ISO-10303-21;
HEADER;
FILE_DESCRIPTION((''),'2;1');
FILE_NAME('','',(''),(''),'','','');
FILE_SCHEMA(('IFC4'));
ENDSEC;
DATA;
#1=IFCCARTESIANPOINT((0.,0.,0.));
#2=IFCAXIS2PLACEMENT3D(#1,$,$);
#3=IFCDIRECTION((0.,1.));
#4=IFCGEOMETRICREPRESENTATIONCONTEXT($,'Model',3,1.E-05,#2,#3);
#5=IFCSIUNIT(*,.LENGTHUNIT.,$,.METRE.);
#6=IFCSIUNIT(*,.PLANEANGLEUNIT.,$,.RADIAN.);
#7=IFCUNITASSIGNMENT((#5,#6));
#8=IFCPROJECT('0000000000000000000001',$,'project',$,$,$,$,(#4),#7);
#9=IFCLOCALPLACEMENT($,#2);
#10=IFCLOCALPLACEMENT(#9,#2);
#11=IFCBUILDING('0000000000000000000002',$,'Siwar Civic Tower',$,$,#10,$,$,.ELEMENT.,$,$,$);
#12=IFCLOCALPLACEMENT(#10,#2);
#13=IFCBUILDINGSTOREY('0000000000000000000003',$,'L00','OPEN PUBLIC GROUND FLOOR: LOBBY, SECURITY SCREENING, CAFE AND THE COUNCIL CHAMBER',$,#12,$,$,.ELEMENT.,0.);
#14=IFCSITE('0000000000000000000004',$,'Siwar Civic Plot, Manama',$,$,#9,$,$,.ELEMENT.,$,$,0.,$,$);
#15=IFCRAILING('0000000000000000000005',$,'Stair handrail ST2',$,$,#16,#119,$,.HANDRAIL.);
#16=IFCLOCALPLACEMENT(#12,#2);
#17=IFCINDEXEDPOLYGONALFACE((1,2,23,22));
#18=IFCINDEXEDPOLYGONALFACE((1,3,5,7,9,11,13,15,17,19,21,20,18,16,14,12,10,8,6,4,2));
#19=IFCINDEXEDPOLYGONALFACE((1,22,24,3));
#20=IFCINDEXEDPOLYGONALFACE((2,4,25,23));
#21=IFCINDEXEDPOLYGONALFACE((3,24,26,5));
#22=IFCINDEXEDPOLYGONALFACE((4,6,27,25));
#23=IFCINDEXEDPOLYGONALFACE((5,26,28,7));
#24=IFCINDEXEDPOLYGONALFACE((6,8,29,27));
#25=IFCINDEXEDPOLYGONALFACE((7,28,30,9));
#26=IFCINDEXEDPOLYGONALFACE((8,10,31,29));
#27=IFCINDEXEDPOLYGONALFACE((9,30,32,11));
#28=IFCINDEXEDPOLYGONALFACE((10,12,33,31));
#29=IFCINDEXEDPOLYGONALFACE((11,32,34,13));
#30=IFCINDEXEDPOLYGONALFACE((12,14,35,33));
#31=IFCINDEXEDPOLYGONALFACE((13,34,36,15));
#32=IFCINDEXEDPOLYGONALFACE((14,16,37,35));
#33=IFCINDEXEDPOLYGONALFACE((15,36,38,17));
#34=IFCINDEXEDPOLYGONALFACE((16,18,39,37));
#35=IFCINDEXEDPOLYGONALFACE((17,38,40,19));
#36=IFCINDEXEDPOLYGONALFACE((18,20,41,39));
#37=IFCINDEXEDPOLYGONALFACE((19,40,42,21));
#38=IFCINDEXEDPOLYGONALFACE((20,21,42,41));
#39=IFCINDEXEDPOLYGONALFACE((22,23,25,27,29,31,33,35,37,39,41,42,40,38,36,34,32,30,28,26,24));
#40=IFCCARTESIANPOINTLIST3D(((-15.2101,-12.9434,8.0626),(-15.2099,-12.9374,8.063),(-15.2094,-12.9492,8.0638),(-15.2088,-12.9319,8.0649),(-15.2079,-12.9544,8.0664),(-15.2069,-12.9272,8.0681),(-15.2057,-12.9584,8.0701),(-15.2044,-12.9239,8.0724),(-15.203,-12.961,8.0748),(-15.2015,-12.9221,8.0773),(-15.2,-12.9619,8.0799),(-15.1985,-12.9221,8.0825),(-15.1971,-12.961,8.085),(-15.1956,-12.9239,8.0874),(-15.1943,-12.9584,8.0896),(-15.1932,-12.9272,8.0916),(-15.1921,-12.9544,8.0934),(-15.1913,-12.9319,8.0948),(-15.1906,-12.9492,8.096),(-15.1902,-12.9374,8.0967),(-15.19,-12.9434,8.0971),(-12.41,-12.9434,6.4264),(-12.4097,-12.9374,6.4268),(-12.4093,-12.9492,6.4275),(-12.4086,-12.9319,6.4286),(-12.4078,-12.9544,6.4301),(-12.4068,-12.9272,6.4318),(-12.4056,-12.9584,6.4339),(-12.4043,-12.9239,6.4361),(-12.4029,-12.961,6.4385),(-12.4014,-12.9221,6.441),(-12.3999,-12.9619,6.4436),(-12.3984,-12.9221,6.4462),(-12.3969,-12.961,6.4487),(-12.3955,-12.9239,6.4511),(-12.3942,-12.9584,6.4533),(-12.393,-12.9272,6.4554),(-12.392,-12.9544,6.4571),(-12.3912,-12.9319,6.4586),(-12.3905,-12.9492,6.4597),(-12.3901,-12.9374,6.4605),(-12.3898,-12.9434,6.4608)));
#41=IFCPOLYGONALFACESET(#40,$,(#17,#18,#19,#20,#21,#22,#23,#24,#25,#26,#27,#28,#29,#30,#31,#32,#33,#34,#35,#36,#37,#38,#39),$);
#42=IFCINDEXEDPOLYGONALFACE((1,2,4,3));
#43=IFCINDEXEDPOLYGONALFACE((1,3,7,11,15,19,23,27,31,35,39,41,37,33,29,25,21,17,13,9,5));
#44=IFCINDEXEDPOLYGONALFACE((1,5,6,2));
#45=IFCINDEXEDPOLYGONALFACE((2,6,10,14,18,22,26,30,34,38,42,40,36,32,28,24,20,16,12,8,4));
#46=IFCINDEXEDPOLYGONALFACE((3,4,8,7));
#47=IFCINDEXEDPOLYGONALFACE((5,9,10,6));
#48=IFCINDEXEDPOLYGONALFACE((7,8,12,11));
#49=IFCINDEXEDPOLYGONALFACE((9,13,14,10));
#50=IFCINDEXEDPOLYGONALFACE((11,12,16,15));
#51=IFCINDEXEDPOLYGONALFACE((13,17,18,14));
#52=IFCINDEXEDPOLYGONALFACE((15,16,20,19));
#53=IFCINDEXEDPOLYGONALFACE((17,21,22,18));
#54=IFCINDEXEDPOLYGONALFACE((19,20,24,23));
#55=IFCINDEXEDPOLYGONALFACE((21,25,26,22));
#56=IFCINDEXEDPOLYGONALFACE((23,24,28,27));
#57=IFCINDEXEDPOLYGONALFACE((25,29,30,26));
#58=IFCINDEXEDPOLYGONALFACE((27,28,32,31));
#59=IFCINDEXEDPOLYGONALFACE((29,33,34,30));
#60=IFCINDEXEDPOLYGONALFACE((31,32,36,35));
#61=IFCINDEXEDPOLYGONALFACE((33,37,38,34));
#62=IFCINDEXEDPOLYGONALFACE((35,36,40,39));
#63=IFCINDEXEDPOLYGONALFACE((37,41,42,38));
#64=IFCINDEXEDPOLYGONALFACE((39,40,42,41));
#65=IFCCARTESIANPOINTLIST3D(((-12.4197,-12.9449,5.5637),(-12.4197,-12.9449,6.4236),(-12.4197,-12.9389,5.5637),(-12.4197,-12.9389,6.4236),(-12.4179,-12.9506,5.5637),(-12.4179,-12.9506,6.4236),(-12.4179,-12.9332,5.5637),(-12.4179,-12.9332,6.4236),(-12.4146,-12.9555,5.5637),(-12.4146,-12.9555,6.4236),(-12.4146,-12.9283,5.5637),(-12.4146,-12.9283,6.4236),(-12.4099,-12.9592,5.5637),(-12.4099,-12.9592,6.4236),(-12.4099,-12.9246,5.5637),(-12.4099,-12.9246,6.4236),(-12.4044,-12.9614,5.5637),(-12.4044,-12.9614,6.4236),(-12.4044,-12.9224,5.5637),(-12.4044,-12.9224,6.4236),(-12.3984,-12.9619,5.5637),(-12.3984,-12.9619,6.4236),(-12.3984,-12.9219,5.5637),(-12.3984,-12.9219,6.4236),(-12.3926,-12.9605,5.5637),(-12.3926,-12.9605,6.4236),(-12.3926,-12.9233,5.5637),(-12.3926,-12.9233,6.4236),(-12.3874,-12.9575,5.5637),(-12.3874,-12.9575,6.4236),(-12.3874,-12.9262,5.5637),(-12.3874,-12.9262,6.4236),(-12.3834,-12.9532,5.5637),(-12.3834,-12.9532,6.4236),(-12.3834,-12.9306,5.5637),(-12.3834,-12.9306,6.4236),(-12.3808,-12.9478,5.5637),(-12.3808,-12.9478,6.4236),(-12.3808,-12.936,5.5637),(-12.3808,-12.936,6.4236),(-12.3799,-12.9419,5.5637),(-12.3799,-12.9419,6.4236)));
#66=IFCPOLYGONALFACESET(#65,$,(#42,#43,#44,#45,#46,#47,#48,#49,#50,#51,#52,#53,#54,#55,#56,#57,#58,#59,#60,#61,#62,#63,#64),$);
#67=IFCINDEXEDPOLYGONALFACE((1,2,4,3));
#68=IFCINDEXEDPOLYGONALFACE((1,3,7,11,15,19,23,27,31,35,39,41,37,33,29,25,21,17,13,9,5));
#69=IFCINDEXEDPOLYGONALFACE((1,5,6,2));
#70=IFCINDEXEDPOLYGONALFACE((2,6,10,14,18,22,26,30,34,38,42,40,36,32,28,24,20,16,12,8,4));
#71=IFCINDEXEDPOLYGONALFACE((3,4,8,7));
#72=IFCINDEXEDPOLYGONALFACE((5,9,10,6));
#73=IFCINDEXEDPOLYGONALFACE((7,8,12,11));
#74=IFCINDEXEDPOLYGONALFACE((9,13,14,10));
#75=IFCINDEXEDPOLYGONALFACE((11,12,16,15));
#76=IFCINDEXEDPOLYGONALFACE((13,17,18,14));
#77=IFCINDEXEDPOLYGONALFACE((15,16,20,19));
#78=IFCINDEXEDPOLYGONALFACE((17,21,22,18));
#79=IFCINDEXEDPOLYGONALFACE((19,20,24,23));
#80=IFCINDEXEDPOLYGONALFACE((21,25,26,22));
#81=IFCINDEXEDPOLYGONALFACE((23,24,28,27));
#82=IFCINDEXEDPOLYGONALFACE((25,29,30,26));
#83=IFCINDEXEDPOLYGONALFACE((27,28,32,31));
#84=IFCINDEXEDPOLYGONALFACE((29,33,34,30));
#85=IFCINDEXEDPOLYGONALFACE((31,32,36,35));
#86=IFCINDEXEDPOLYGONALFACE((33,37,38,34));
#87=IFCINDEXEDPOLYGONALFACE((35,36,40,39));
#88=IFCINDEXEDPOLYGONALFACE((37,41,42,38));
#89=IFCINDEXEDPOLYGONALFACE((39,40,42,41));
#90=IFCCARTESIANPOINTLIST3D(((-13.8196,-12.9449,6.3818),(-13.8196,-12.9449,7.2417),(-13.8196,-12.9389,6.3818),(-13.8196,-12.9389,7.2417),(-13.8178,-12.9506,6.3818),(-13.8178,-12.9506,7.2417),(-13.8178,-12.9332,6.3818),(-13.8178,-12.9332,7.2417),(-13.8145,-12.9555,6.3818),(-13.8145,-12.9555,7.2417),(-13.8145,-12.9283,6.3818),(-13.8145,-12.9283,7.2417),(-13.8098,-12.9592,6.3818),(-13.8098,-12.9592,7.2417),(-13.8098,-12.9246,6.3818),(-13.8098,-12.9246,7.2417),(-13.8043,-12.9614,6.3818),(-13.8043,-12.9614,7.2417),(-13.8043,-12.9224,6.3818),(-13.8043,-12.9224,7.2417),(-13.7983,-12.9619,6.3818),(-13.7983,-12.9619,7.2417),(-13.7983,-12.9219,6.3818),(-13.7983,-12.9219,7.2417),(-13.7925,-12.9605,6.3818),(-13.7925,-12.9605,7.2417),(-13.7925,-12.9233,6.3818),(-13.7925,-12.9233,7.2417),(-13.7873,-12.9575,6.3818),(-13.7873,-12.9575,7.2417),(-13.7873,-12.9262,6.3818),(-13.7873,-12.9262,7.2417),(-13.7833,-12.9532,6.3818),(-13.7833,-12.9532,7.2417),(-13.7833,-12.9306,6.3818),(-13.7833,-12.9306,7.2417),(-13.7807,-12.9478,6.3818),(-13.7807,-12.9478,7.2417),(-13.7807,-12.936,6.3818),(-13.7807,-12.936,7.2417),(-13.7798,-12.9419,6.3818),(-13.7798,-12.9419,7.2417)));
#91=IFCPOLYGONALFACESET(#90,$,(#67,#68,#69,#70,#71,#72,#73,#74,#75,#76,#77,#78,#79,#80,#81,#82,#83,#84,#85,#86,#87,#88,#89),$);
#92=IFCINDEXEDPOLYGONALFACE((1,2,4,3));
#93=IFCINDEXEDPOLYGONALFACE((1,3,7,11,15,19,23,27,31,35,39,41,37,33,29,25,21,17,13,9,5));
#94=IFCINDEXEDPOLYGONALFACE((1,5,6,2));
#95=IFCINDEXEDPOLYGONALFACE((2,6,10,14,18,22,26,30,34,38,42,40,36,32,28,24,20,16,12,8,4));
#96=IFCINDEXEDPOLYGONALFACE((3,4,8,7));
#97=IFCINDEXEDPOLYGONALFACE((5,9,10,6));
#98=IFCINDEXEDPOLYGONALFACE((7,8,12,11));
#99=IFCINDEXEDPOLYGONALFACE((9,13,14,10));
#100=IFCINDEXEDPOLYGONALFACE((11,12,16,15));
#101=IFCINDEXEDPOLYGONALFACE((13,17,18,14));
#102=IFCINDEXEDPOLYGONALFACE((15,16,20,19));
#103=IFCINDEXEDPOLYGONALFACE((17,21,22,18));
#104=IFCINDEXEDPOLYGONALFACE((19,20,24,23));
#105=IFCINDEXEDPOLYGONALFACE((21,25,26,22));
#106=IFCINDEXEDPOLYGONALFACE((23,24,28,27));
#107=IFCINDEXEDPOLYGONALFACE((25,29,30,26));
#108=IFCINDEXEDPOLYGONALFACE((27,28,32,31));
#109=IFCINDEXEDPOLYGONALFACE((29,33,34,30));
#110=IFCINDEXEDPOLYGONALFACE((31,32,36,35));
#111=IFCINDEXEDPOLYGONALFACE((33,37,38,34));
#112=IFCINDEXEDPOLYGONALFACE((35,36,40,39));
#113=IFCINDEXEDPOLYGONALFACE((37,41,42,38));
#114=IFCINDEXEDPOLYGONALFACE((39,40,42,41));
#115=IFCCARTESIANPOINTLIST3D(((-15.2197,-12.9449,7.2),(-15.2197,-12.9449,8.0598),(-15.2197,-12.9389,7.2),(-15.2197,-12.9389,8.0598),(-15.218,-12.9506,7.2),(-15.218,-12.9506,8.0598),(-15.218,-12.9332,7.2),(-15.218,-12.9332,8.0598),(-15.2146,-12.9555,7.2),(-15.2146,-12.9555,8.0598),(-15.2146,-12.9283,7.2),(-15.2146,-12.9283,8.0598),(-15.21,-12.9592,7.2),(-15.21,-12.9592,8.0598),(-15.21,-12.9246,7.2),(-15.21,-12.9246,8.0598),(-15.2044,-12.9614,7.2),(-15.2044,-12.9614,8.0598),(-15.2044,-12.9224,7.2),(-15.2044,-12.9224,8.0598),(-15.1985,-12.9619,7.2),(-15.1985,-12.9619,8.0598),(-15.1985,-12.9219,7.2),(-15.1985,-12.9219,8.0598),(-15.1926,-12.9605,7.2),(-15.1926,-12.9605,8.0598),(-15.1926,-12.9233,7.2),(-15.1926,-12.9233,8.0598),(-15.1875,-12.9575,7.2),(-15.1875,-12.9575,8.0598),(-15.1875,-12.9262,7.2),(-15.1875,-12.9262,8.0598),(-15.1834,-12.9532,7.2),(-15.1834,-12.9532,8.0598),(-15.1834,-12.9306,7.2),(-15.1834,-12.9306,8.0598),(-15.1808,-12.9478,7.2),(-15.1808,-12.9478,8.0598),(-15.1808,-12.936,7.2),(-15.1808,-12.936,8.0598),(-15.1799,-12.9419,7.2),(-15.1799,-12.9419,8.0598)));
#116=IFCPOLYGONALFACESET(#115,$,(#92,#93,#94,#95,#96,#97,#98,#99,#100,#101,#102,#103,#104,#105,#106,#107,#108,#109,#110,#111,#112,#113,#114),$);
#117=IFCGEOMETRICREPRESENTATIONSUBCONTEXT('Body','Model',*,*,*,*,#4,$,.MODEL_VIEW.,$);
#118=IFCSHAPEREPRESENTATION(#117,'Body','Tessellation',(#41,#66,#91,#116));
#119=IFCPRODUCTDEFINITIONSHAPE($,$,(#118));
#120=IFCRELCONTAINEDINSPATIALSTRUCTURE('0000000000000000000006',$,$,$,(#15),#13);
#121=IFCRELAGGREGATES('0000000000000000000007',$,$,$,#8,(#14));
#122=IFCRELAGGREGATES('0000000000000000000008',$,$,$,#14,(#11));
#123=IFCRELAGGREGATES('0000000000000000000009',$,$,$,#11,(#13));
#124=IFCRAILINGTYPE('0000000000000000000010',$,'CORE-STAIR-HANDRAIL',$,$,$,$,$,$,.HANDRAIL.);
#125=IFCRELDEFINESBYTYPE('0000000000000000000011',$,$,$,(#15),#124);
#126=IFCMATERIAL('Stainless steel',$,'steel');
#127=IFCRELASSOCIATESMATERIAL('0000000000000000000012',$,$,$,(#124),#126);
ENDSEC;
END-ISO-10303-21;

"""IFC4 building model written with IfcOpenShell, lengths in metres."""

from ifc_helpers import new_model, si_unit, direction, frame, origin, origin_2d, place, context, subcontext, project, spatial, circle, extrude, material, type_object, element, save


model = new_model("IFC4")

# Units and contexts
model_context = context("Model", 3, precision=1e-05, world=origin(), true_north=direction((0.0, 1.0)))
body_context = subcontext(model_context, "Body", "Model", "MODEL_VIEW")
ifc_project = project(units=[si_unit("LENGTHUNIT", "METRE"), si_unit("PLANEANGLEUNIT", "RADIAN")], contexts=[model_context])

# Site, building, storey
site_placement = place(None, origin())
site = spatial("IfcSite", under=ifc_project, at=site_placement, Name="Siwar Civic Plot, Manama", CompositionType="ELEMENT", RefElevation=0.0)
building_placement = place(site_placement, origin())
building = spatial("IfcBuilding", under=site, at=building_placement, Name="Siwar Civic Tower", CompositionType="ELEMENT")
storey_placement = place(building_placement, origin())
storey = spatial("IfcBuildingStorey", under=building, at=storey_placement, Name="L00", Description="OPEN PUBLIC GROUND FLOOR: LOBBY, SECURITY SCREENING, CAFE AND THE COUNCIL CHAMBER", CompositionType="ELEMENT", Elevation=0.0)

# Railing
ifc_material_1 = material(Name="Stainless steel", Category="steel")
railing_type = type_object("IfcRailingType", Name="CORE-STAIR-HANDRAIL", PredefinedType="HANDRAIL", material=ifc_material_1)
railing_1_placement = place(storey_placement, frame((-12.3999, -12.9419, 5.5637)))
element("IfcRailing", 1, at=railing_1_placement, inside=storey, type_object=railing_type, Name="Stair handrail ST2", PredefinedType="HANDRAIL", context=body_context, shape_type="SweptSolid", body=[
    extrude(circle(Radius=0.02, at=origin_2d()), frame((0.0, 0.0, 0.8799), z_axis=(-0.863394, 0.0, 0.504531), x_axis=(0.0, -1.0, 0.0)), (0.0, 0.0, 1.0), 3.2432),
    extrude(circle(Radius=0.02, at=origin_2d()), origin(), (0.0, 0.0, 1.0), 0.8599),
    extrude(circle(Radius=0.02, at=origin_2d()), frame((-1.3999, 0.0, 0.8181)), (0.0, 0.0, 1.0), 0.8599),
    extrude(circle(Radius=0.02, at=origin_2d()), frame((-2.8, 0.0, 1.6362)), (0.0, 0.0, 1.0), 0.8599),
])

save(model, "model.ifc")
